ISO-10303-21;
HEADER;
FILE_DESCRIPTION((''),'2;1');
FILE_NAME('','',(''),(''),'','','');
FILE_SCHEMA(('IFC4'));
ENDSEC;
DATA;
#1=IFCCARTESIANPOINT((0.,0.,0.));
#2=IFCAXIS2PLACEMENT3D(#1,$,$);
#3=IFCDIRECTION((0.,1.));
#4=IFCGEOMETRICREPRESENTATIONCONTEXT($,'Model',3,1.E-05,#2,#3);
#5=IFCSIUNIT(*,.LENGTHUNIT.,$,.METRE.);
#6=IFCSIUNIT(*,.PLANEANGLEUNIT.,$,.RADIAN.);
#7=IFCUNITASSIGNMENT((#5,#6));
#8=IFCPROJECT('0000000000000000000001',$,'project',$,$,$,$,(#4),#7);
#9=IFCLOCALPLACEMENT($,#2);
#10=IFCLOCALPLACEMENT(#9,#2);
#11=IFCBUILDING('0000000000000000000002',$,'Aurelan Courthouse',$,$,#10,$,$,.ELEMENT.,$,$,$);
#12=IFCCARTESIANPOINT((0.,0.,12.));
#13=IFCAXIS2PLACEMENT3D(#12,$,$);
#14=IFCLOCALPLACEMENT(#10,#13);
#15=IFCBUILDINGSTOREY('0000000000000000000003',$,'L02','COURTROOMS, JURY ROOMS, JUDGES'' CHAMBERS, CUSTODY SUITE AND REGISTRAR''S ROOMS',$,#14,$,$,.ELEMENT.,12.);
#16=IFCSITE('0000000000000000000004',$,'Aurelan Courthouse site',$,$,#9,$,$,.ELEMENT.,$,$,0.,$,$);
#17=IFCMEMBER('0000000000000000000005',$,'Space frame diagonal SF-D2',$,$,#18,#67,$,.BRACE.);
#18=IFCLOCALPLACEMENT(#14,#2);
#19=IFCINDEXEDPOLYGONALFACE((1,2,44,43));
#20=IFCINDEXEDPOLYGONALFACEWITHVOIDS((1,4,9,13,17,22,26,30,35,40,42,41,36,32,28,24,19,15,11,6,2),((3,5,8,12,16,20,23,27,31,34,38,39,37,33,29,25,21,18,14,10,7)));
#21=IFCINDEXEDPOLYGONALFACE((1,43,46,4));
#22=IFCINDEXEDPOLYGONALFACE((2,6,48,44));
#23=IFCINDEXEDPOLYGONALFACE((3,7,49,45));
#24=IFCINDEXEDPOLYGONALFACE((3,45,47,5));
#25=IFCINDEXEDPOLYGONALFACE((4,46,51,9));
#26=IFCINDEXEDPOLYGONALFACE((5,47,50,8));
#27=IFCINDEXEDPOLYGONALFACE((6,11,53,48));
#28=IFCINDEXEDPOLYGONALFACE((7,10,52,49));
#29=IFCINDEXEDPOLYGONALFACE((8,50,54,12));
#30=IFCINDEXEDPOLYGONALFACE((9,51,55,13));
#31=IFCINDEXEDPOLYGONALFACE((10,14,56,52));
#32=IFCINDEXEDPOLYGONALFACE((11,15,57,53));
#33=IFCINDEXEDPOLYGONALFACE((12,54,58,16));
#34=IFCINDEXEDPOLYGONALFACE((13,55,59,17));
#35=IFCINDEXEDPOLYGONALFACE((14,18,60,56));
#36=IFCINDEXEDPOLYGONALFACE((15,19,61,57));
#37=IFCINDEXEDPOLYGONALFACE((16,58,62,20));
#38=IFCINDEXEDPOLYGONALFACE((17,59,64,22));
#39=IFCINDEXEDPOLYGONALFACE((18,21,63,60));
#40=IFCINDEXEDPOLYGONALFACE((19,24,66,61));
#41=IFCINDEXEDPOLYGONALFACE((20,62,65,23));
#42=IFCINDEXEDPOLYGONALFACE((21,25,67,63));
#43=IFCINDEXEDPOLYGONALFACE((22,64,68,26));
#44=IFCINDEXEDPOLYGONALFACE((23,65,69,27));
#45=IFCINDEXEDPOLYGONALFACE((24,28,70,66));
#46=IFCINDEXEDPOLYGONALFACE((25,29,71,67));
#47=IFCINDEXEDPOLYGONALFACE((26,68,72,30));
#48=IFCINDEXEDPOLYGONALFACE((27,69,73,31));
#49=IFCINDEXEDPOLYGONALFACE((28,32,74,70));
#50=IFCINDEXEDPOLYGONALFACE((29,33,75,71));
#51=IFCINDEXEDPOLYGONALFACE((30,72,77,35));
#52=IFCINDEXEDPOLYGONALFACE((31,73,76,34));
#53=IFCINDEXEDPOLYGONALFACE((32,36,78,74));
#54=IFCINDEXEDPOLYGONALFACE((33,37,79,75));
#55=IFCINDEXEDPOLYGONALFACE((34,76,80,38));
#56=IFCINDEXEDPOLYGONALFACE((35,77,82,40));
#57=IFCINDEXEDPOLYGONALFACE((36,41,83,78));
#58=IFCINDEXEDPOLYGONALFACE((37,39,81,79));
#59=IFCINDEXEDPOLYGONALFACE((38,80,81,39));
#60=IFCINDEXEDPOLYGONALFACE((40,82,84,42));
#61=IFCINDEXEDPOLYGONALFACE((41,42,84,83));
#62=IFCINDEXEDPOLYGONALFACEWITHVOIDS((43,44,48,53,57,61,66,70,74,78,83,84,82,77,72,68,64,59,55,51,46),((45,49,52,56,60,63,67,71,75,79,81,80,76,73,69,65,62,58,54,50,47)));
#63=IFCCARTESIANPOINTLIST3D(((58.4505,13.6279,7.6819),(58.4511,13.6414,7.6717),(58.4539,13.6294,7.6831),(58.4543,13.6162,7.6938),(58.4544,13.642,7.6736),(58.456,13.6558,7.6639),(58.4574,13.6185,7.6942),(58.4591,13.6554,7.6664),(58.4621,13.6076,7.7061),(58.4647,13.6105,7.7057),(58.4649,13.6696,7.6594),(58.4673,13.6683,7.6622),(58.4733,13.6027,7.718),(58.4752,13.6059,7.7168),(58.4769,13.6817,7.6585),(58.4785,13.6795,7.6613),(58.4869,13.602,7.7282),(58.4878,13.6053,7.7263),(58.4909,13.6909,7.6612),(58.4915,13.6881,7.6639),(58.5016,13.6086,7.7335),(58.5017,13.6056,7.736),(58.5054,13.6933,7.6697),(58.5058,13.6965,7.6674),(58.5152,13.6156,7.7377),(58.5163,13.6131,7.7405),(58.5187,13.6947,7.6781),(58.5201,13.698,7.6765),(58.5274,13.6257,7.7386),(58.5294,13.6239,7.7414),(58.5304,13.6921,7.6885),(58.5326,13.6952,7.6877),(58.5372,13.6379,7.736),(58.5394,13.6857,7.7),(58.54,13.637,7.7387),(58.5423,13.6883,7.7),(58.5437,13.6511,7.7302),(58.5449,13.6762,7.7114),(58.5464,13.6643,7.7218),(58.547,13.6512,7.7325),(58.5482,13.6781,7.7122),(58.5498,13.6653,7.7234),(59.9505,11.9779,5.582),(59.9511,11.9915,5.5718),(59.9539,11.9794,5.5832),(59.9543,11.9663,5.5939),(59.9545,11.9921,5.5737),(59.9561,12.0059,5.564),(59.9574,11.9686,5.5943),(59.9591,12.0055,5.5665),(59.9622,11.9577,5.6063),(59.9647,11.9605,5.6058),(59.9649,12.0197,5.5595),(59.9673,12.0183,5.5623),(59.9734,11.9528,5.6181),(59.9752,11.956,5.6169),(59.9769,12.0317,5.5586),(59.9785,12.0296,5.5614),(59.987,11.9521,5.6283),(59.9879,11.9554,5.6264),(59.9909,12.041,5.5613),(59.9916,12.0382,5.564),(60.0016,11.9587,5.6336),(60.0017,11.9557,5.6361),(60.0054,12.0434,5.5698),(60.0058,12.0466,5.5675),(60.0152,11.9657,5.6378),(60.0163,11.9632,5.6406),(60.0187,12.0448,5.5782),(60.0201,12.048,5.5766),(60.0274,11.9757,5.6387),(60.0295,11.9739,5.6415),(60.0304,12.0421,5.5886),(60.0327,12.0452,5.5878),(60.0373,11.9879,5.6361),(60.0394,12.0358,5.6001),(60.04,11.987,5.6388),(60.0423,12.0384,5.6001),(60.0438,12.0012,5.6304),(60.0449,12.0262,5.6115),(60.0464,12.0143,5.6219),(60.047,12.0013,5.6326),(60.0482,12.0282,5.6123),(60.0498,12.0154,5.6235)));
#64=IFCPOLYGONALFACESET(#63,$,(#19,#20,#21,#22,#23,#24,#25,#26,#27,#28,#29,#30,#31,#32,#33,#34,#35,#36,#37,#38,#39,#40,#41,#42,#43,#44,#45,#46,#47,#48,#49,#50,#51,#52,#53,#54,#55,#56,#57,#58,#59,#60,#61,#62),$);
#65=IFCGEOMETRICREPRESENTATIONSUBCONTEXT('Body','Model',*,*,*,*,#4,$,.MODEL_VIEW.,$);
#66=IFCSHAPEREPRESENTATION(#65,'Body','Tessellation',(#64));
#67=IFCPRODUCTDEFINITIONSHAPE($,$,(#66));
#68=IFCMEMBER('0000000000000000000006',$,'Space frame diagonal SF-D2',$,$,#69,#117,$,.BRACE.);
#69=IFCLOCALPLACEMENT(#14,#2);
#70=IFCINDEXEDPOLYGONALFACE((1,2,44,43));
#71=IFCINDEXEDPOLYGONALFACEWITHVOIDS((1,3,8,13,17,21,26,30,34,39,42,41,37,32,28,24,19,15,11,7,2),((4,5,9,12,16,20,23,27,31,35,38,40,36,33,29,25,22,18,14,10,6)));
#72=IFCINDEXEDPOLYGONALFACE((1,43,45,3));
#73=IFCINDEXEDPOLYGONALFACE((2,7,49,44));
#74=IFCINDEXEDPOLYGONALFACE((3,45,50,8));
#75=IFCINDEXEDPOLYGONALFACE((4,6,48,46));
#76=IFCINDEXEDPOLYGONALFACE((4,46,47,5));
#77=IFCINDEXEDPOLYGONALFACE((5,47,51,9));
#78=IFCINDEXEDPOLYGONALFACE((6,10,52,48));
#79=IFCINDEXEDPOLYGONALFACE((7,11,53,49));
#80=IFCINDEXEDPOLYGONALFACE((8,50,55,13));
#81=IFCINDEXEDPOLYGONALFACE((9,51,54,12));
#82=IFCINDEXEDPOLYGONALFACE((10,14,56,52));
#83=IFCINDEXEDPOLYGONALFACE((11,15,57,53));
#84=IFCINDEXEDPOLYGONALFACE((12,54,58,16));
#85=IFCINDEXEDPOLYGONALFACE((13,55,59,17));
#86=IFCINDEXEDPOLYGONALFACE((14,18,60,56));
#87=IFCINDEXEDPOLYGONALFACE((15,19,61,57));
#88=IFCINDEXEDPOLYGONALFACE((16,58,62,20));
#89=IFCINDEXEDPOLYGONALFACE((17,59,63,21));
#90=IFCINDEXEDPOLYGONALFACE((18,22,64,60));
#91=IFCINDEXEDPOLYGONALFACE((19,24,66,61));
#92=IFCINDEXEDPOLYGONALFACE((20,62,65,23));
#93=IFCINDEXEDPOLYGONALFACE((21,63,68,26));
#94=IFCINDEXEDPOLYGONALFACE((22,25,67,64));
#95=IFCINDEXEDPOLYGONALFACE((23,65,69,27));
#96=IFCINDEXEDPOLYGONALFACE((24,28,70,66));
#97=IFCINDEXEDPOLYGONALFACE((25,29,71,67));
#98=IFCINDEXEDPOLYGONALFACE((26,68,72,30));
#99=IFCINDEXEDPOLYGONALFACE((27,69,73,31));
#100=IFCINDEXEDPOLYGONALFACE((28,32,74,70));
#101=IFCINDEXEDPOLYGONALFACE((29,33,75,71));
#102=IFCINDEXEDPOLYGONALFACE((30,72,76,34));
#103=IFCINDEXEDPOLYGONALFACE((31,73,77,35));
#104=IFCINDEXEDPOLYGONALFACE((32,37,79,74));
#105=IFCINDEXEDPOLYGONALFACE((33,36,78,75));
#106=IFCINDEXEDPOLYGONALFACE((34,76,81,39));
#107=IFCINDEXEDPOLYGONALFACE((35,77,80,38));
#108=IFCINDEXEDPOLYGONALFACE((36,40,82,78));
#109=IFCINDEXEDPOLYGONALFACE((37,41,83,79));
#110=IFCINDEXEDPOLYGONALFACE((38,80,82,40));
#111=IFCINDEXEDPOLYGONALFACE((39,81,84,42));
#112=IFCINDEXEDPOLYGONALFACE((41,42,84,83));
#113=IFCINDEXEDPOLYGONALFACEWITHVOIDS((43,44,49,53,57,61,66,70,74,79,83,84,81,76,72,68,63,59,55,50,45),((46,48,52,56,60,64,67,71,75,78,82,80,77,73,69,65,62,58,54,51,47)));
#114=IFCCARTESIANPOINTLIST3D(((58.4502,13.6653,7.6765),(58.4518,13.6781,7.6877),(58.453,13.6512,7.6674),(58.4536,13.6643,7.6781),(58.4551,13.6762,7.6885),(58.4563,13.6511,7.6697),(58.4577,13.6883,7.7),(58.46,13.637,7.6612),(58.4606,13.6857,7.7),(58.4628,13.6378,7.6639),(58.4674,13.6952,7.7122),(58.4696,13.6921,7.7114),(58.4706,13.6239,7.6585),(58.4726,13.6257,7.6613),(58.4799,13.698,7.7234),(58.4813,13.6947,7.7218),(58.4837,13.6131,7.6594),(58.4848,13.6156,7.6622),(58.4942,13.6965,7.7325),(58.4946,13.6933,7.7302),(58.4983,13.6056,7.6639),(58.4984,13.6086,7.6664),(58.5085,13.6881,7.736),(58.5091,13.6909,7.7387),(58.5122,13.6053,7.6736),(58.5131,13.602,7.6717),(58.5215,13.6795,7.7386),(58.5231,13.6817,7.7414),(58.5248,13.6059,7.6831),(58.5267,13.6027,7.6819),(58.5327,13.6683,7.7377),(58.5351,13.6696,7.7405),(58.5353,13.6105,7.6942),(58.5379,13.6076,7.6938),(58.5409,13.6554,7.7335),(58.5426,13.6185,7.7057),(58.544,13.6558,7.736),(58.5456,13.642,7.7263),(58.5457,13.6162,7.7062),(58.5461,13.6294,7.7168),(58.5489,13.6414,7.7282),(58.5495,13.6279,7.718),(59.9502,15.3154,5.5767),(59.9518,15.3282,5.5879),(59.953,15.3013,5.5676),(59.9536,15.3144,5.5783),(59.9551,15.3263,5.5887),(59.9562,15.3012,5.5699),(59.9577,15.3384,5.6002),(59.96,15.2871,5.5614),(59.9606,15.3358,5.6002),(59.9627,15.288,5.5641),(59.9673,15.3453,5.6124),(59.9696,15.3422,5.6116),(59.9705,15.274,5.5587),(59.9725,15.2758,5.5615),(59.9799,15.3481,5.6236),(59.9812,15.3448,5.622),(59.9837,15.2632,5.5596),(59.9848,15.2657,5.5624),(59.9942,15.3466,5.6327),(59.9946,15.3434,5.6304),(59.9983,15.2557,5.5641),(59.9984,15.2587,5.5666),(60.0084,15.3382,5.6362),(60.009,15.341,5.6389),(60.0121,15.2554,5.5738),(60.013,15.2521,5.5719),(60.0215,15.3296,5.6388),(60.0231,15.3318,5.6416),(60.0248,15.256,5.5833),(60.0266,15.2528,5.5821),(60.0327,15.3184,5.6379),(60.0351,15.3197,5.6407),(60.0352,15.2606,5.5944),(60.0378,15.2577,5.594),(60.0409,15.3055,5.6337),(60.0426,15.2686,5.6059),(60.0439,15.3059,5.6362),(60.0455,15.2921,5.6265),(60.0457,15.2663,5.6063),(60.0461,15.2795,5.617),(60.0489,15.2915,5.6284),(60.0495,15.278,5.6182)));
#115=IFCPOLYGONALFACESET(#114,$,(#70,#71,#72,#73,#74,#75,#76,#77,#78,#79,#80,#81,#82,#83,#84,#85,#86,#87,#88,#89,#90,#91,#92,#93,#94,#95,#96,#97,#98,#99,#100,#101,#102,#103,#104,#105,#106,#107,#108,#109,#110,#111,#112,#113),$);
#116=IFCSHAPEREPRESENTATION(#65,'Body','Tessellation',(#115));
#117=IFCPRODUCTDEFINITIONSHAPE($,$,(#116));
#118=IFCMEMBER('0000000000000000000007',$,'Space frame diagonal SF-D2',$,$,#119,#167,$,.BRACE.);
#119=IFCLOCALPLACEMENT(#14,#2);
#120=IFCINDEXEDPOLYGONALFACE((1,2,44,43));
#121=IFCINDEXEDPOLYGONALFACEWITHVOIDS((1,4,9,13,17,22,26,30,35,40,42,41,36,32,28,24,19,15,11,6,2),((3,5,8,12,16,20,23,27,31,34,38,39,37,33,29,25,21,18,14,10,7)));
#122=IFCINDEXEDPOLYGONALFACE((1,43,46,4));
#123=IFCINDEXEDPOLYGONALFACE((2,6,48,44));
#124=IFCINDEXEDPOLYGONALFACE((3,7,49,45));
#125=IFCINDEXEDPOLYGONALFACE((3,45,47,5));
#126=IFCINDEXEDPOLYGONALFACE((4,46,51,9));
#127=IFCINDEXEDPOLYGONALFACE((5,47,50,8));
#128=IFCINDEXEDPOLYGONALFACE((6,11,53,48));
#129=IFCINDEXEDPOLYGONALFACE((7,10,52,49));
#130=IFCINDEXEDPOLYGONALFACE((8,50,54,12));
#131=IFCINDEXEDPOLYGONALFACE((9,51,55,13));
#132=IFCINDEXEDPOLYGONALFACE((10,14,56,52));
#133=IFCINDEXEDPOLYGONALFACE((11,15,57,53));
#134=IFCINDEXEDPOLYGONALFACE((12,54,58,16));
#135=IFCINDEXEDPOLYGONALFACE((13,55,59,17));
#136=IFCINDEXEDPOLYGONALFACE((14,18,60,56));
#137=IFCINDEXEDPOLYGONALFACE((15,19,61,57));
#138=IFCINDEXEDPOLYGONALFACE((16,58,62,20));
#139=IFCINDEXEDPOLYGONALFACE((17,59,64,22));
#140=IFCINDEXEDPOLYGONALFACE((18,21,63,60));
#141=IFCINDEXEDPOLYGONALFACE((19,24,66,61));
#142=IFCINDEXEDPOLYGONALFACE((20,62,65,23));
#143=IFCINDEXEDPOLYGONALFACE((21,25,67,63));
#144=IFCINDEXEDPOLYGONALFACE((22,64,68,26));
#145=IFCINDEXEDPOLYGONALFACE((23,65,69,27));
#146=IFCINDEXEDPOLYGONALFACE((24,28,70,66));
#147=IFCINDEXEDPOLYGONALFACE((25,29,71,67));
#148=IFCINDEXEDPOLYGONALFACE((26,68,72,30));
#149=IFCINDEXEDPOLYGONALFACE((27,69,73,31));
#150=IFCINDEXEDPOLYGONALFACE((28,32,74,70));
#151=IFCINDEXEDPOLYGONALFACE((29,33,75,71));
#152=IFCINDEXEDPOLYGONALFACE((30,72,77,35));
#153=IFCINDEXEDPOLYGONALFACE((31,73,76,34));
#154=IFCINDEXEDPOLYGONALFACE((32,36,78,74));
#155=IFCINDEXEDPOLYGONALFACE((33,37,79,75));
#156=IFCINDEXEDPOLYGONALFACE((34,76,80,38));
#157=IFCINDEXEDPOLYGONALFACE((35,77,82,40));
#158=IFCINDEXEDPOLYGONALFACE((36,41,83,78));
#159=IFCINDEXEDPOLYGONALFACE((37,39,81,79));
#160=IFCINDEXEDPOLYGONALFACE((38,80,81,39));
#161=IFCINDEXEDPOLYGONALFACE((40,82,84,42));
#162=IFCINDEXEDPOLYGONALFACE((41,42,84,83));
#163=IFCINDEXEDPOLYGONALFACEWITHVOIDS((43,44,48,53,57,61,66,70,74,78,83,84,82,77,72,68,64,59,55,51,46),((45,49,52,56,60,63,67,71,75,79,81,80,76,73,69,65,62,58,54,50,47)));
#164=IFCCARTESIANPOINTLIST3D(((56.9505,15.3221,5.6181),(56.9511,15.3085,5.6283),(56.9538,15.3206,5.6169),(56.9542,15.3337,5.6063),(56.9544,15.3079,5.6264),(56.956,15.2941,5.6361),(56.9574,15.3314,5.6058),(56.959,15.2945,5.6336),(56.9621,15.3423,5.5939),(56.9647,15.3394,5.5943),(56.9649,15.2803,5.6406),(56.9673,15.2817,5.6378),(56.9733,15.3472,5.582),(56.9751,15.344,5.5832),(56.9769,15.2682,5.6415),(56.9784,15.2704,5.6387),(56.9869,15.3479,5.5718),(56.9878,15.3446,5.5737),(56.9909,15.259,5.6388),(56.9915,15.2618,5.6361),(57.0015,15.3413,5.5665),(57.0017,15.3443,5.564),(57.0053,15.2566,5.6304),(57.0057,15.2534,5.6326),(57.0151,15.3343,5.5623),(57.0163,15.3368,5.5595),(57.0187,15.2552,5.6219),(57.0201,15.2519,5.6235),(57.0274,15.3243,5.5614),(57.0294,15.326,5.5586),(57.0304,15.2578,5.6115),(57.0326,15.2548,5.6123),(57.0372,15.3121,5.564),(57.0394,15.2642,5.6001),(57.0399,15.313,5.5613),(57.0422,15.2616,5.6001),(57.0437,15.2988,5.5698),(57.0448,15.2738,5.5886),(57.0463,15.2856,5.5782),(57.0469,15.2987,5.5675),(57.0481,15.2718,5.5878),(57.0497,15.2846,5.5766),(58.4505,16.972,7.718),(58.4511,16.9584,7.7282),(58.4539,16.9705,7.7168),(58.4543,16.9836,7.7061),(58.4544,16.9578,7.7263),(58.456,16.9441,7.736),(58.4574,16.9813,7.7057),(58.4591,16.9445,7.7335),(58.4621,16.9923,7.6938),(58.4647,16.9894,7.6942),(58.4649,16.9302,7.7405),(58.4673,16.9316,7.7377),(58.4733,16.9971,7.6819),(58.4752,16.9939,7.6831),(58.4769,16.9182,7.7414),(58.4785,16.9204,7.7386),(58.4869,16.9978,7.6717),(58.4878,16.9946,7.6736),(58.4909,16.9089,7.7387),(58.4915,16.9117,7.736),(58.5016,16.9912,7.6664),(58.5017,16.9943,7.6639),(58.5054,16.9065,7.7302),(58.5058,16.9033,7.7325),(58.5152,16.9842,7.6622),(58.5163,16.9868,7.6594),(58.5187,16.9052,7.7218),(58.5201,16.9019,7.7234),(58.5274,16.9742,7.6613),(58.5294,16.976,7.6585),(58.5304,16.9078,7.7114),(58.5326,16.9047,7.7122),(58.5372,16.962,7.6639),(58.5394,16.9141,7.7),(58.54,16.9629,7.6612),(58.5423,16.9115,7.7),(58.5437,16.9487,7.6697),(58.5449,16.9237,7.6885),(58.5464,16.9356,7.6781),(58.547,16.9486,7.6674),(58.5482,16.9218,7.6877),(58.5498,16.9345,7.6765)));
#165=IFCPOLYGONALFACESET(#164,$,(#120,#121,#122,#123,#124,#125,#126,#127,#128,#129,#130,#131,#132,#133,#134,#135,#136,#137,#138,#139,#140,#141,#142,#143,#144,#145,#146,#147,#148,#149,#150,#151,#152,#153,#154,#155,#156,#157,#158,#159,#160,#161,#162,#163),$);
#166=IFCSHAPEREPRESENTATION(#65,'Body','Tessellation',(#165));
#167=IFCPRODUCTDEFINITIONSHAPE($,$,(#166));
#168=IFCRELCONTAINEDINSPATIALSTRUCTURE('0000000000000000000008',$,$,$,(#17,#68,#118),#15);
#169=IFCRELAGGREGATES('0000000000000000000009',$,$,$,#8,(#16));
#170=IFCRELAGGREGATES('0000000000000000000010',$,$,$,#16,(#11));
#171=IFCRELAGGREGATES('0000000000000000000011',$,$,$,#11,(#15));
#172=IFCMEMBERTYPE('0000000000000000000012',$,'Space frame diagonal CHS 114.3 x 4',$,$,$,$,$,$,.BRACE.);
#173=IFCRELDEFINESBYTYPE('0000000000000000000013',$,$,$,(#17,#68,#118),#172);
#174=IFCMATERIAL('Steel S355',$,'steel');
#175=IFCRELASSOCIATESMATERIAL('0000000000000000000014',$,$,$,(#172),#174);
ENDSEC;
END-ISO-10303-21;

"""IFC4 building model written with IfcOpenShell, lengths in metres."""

from ifc_helpers import new_model, si_unit, direction, frame, origin, origin_2d, place, context, subcontext, project, spatial, hollow_circle, extrude, material, material_profile, profile_set, type_object, element, save


model = new_model("IFC4")

# Units and contexts
model_context = context("Model", 3, precision=1e-05, world=origin(), true_north=direction((0.0, 1.0)))
body_context = subcontext(model_context, "Body", "Model", "MODEL_VIEW")
ifc_project = project(units=[si_unit("LENGTHUNIT", "METRE"), si_unit("PLANEANGLEUNIT", "RADIAN")], contexts=[model_context])

# Site, building, storey
site_placement = place(None, origin())
site = spatial("IfcSite", under=ifc_project, at=site_placement, Name="Aurelan Courthouse site", CompositionType="ELEMENT", RefElevation=0.0)
building_placement = place(site_placement, origin())
building = spatial("IfcBuilding", under=site, at=building_placement, Name="Aurelan Courthouse", CompositionType="ELEMENT")
storey_placement = place(building_placement, frame((0.0, 0.0, 12.0)))
storey = spatial("IfcBuildingStorey", under=building, at=storey_placement, Name="L02", Description="COURTROOMS, JURY ROOMS, JUDGES' CHAMBERS, CUSTODY SUITE AND REGISTRAR'S ROOMS", CompositionType="ELEMENT", Elevation=12.0)

# Members
ifc_material_1 = material(Name="Steel S355", Category="steel")
ifc_material_profile_1 = material_profile(ifc_material_1, hollow_circle(Radius=0.0571, WallThickness=0.0039, at=origin_2d()), Name="CHS 114.3 x 4")
ifc_profile_set_1 = profile_set([ifc_material_profile_1], Name="Steel S355")
member_type_1 = type_object("IfcMemberType", Name="Space frame diagonal CHS 114.3 x 4", PredefinedType="BRACE", material=ifc_profile_set_1)
for number, where, z_axis, x_axis, name in (
    (1, (58.5, 13.6499, 7.7), (0.489727, -0.538667, -0.685569), (0.73992, 0.672695, 0.0), "Space frame diagonal SF-D2"),
    (2, (58.5, 13.6499, 7.7), (0.489706, 0.538724, -0.68554), (-0.73997, 0.67264, 0.0), "Space frame diagonal SF-D2"),
    (3, (58.5, 16.95, 7.7), (-0.489727, -0.538667, -0.685569), (0.73992, -0.672695, 0.0), "Space frame diagonal SF-D2"),
):
    element("IfcMember", number, at=place(storey_placement, frame(where, z_axis=z_axis, x_axis=x_axis)), inside=storey, type_object=member_type_1, Name=name, PredefinedType="BRACE", context=body_context, shape_type="SweptSolid", body=[
        extrude(hollow_circle(Radius=0.0571, WallThickness=0.0039, at=origin_2d()), origin(), (0.0, 0.0, 1.0), 3.063),
    ])

save(model, "model.ifc")
